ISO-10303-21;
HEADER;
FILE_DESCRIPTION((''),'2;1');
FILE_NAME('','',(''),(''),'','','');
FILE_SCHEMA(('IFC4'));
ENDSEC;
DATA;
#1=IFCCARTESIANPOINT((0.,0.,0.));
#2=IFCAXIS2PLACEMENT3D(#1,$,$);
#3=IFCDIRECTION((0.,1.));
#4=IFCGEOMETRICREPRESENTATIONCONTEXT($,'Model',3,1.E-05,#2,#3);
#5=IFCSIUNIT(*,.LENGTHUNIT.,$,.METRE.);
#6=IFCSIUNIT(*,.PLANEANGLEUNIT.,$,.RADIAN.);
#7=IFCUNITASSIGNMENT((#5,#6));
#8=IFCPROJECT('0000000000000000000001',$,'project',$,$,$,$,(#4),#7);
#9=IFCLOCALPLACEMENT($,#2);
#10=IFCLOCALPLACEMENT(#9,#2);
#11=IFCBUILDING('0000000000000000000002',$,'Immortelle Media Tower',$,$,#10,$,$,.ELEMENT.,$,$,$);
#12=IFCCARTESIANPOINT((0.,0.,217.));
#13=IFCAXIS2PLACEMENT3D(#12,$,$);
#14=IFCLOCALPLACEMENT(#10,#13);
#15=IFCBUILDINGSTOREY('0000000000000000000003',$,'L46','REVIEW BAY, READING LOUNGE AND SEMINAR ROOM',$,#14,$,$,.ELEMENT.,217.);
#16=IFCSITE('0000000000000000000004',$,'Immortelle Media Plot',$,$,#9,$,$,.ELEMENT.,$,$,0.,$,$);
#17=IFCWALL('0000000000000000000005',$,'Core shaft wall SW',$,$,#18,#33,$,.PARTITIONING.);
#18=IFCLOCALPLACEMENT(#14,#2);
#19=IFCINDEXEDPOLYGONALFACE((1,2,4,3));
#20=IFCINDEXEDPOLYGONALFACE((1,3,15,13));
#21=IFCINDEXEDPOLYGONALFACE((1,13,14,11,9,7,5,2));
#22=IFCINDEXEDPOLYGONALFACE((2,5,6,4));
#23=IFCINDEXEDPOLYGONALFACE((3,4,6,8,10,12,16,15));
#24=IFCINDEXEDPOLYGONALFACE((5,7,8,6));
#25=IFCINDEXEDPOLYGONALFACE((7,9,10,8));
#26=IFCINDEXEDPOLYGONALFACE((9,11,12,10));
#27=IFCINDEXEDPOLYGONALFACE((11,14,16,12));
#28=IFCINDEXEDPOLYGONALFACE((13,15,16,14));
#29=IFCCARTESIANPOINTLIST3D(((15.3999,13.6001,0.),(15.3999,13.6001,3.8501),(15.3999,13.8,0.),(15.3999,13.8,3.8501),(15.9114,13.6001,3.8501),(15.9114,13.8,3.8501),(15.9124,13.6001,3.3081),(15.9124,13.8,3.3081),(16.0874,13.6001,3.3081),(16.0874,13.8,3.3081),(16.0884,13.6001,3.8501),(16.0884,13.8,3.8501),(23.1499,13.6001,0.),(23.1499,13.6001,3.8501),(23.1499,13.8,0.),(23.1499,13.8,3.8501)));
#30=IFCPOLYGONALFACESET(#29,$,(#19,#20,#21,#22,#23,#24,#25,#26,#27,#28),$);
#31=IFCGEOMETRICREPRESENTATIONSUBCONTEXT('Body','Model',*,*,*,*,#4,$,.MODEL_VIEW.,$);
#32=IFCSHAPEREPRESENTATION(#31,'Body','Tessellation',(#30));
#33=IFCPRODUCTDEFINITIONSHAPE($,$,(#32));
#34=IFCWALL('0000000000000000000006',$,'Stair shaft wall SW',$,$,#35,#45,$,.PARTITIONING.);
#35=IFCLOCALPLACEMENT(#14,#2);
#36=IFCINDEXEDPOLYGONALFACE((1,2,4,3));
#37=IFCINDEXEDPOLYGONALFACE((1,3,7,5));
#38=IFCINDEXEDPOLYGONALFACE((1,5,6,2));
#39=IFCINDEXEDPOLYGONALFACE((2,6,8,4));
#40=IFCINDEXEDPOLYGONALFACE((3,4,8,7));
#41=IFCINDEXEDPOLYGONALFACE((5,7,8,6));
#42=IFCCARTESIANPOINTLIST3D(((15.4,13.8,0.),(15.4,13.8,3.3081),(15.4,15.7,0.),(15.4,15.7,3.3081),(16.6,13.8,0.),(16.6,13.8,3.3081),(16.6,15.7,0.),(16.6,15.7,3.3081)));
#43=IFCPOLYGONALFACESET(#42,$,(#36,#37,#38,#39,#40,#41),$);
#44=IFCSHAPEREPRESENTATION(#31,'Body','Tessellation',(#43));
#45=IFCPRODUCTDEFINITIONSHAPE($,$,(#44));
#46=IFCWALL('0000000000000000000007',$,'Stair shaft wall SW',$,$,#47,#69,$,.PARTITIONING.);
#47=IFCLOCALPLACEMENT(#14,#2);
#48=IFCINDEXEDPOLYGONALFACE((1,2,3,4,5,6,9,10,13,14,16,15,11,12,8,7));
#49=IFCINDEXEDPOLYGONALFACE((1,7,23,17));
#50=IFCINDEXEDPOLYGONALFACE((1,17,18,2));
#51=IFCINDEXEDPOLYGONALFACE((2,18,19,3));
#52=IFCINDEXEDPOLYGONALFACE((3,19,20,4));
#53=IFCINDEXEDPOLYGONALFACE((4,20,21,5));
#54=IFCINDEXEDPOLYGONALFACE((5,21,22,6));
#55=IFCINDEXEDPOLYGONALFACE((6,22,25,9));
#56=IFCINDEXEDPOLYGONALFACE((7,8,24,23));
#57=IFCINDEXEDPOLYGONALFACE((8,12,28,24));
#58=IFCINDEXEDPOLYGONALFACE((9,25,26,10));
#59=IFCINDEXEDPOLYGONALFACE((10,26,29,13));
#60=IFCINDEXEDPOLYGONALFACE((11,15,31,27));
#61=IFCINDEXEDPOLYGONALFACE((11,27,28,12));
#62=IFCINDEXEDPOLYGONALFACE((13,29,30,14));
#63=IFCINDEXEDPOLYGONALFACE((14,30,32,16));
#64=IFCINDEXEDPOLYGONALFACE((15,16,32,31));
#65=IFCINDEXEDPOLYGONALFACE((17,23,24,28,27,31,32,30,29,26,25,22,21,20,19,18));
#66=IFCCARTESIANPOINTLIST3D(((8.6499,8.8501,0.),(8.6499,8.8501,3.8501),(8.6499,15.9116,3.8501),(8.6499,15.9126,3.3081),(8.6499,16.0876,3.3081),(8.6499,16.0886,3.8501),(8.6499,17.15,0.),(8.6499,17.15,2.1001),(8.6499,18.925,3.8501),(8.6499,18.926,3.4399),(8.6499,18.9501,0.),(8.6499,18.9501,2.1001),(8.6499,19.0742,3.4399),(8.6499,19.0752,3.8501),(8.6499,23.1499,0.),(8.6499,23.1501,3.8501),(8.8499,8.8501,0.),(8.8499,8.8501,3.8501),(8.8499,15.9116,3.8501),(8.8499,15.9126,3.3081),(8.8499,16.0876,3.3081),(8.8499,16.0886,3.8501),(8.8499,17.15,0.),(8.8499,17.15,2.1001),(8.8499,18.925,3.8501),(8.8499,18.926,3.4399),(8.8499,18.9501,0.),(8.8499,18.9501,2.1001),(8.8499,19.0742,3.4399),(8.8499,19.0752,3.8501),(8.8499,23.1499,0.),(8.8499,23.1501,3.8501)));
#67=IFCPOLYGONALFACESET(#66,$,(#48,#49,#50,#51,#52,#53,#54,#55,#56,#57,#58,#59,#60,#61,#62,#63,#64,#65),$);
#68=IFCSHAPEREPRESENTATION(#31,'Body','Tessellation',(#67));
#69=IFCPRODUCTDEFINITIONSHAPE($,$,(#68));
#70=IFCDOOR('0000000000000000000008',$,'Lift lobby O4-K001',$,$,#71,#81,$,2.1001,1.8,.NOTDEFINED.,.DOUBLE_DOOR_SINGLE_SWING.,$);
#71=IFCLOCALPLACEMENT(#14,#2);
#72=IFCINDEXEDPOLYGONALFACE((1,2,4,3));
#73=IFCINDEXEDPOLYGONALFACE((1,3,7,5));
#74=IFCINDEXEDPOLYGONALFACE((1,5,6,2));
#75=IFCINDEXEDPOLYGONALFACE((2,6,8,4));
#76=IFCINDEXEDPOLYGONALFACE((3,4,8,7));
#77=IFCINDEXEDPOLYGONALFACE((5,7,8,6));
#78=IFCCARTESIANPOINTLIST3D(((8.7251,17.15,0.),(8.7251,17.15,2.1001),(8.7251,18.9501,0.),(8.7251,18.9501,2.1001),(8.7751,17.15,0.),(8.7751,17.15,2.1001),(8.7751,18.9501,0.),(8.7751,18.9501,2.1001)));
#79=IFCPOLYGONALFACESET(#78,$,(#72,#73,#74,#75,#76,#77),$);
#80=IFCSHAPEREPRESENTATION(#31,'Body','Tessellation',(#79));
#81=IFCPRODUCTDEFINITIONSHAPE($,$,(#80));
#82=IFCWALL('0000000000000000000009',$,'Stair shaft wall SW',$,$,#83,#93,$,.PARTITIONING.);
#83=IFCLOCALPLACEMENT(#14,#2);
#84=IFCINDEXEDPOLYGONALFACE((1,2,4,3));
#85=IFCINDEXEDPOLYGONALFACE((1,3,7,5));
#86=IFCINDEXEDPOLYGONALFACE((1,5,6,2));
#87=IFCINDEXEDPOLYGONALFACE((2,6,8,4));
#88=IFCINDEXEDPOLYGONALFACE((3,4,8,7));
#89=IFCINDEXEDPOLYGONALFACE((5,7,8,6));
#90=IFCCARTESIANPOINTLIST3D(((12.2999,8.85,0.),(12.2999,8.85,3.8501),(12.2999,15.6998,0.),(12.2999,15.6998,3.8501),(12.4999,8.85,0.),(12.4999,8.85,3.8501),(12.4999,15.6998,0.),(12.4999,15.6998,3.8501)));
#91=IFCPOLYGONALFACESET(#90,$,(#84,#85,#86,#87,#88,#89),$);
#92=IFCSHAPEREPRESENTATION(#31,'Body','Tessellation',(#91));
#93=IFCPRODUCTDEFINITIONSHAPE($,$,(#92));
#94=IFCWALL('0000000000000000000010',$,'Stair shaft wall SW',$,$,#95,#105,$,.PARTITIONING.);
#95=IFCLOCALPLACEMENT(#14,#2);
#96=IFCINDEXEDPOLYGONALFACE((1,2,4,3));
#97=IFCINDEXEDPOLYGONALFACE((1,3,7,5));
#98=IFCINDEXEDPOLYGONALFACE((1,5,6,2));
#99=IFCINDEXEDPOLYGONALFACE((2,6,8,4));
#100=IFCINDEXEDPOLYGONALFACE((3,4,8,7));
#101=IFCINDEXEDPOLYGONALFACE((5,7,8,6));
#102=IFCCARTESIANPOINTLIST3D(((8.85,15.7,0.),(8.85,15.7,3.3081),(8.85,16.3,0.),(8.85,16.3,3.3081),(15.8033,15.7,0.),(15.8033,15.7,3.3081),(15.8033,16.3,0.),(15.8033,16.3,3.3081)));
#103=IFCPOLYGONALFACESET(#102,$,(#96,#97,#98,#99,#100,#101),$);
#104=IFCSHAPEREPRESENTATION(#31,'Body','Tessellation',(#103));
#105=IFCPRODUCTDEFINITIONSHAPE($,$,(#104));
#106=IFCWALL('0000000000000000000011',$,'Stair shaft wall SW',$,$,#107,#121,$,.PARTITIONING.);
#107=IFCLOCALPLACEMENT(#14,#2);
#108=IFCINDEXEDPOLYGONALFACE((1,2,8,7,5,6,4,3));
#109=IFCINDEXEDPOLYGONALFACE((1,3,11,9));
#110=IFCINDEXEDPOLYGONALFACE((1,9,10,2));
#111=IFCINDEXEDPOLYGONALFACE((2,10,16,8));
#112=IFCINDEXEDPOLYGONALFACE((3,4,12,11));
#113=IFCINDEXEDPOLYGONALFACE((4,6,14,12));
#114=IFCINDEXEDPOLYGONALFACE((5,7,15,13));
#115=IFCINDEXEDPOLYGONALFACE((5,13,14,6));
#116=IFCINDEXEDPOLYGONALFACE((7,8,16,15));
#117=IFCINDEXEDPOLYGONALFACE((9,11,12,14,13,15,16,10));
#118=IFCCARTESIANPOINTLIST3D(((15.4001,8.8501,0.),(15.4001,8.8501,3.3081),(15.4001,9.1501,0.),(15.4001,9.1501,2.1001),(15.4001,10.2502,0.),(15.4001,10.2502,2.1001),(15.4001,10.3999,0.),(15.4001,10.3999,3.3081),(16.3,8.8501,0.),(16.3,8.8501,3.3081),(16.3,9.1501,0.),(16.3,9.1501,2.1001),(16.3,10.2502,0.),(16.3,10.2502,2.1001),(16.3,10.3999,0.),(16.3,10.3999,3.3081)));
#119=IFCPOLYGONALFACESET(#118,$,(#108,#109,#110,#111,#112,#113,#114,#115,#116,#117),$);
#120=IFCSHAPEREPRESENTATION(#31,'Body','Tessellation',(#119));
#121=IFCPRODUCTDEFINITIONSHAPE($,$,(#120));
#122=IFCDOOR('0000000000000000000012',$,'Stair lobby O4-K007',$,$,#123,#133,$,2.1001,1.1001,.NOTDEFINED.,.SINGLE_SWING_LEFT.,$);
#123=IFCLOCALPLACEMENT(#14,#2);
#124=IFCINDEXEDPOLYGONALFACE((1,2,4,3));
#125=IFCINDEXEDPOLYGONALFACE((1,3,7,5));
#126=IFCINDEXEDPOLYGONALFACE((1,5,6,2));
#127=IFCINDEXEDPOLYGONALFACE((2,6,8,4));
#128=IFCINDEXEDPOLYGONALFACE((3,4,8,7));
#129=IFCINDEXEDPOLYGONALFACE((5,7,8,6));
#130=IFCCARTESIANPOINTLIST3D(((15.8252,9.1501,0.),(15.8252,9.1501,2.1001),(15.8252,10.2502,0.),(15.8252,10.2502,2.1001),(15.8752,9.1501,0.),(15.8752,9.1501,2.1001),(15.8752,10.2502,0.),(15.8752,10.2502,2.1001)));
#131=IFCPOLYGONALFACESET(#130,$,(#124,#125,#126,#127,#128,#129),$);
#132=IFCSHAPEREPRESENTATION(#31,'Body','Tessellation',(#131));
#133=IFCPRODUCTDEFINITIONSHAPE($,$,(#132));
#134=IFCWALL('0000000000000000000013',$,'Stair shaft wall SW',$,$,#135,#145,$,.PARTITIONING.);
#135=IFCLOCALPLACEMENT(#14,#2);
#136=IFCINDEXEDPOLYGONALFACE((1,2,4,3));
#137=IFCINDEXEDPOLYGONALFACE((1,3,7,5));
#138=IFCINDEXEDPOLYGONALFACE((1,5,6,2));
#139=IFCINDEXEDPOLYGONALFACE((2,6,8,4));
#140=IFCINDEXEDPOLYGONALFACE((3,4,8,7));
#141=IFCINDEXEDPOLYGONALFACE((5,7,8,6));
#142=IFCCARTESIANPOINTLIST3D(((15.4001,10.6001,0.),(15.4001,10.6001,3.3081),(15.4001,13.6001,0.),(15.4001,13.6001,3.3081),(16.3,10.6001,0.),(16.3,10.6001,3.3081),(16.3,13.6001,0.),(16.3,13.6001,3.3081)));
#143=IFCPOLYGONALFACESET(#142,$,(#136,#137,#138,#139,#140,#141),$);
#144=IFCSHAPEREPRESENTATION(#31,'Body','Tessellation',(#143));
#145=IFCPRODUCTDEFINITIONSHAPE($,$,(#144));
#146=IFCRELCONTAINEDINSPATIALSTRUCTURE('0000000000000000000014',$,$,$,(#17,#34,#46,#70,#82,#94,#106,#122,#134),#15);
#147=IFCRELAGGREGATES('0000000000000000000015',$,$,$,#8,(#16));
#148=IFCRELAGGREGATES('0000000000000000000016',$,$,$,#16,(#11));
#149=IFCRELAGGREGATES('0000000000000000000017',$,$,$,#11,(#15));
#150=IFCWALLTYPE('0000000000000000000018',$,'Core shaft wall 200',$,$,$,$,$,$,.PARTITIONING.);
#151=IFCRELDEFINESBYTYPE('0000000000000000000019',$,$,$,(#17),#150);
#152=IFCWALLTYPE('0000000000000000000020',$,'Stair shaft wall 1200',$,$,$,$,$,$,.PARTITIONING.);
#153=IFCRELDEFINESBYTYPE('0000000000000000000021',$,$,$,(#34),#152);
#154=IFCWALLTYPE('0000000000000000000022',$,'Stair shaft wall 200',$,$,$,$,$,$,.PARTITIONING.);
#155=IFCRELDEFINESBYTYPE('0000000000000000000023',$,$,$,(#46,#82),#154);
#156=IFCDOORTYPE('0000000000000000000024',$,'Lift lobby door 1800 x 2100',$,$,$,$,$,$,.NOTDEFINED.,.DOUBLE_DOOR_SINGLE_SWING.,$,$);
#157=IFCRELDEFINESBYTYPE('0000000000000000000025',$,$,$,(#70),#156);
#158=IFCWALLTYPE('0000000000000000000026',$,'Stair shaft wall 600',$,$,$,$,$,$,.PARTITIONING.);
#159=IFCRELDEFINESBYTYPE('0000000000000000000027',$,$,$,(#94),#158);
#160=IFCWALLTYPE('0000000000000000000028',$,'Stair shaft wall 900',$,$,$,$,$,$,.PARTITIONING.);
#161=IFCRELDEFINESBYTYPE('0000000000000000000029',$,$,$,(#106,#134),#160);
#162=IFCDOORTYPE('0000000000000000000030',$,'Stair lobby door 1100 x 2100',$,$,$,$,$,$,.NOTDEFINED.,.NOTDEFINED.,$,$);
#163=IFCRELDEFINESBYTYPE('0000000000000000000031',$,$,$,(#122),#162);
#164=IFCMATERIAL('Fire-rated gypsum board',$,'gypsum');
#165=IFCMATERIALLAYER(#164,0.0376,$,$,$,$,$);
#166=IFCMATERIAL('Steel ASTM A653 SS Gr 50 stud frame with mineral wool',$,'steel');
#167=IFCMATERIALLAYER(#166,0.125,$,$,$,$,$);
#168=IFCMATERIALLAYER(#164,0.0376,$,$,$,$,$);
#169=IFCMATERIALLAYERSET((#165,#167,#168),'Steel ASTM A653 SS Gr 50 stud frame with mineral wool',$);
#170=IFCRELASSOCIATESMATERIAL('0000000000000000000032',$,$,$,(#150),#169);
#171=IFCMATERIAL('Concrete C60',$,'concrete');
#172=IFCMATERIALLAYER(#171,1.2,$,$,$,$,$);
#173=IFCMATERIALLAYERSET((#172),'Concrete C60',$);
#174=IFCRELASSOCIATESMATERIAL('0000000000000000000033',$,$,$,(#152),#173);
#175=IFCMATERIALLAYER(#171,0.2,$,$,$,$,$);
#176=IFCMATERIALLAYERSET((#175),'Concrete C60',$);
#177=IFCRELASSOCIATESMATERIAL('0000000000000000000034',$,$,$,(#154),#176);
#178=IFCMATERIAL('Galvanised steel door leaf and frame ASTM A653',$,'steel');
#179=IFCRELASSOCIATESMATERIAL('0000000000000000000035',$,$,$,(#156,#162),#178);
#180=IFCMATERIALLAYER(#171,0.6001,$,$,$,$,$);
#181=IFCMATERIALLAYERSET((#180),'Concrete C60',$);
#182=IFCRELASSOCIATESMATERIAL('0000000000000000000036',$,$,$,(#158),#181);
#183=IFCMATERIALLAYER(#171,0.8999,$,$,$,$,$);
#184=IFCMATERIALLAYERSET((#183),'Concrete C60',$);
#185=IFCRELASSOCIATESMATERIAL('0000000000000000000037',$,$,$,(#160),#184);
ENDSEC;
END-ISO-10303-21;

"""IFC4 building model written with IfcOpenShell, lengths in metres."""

from ifc_helpers import new_model, si_unit, direction, frame, frame_2d, origin, place, context, subcontext, project, spatial, polyline, rectangle, outline, extrude, material, layer, layer_set, type_object, element, fill, save


model = new_model("IFC4")

# Units and contexts
model_context = context("Model", 3, precision=1e-05, world=origin(), true_north=direction((0.0, 1.0)))
body_context = subcontext(model_context, "Body", "Model", "MODEL_VIEW")
ifc_project = project(units=[si_unit("LENGTHUNIT", "METRE"), si_unit("PLANEANGLEUNIT", "RADIAN")], contexts=[model_context])

# Site, building, storey
site_placement = place(None, origin())
site = spatial("IfcSite", under=ifc_project, at=site_placement, Name="Immortelle Media Plot", CompositionType="ELEMENT", RefElevation=0.0)
building_placement = place(site_placement, origin())
building = spatial("IfcBuilding", under=site, at=building_placement, Name="Immortelle Media Tower", CompositionType="ELEMENT")
storey_placement = place(building_placement, frame((0.0, 0.0, 217.0)))
storey = spatial("IfcBuildingStorey", under=building, at=storey_placement, Name="L46", Description="REVIEW BAY, READING LOUNGE AND SEMINAR ROOM", CompositionType="ELEMENT", Elevation=217.0)

# Shared definitions
ifc_material_1 = material(Name="Fire-rated gypsum board", Category="gypsum")
ifc_layer_1 = layer(ifc_material_1, 0.0376)
ifc_material_2 = material(Name="Steel ASTM A653 SS Gr 50 stud frame with mineral wool", Category="steel")
ifc_layer_2 = layer(ifc_material_2, 0.125)
ifc_layer_3 = layer(ifc_material_1, 0.0376)
ifc_layer_set_1 = layer_set([ifc_layer_1, ifc_layer_2, ifc_layer_3], Name="Steel ASTM A653 SS Gr 50 stud frame with mineral wool")
wall_type_1 = type_object("IfcWallType", Name="Core shaft wall 200", PredefinedType="PARTITIONING", material=ifc_layer_set_1)

# Walls
wall_1_placement = place(storey_placement, frame((15.3999, 13.7, 0.0), z_axis=(0.0, 0.0, 1.0), x_axis=(1.0, 0.0, 0.0)))
element("IfcWall", 1, at=wall_1_placement, inside=storey, type_object=wall_type_1, Name="Core shaft wall SW", PredefinedType="PARTITIONING", context=body_context, shape_type="SweptSolid", body=[
    extrude(outline(polyline([(0.0, 0.0), (7.75, 0.0), (7.75, 3.8501), (0.6885, 3.8501), (0.6875, 3.3081), (0.5125, 3.3081), (0.5115, 3.8501), (0.0, 3.8501), (0.0, 0.0)])), frame((0.0, 0.1001, 0.0), z_axis=(0.0, -1.0, 0.0), x_axis=(1.0, 0.0, 0.0)), (0.0, 0.0, 1.0), 0.2),
])
ifc_material_3 = material(Name="Concrete C60", Category="concrete")
ifc_layer_4 = layer(ifc_material_3, 1.2)
ifc_layer_set_2 = layer_set([ifc_layer_4], Name="Concrete C60")
wall_type_2 = type_object("IfcWallType", Name="Stair shaft wall 1200", PredefinedType="PARTITIONING", material=ifc_layer_set_2)
wall_2_placement = place(storey_placement, frame((16.0, 13.8, 0.0), z_axis=(0.0, 0.0, 1.0), x_axis=(0.0, 1.0, 0.0)))
element("IfcWall", 2, at=wall_2_placement, inside=storey, type_object=wall_type_2, Name="Stair shaft wall SW", PredefinedType="PARTITIONING", context=body_context, shape_type="SweptSolid", body=[
    extrude(rectangle(XDim=1.8999, YDim=1.2, at=frame_2d((0.95, 0.0))), origin(), (0.0, 0.0, 1.0), 3.3081),
])

# Wall, opening, door
ifc_layer_5 = layer(ifc_material_3, 0.2)
ifc_layer_set_3 = layer_set([ifc_layer_5], Name="Concrete C60")
wall_type_3 = type_object("IfcWallType", Name="Stair shaft wall 200", PredefinedType="PARTITIONING", material=ifc_layer_set_3)
wall_3_placement = place(storey_placement, frame((8.75, 8.8501, 0.0), z_axis=(0.0, 0.0, 1.0), x_axis=(0.0, 1.0, 0.0)))
wall_3 = element("IfcWall", 3, at=wall_3_placement, inside=storey, type_object=wall_type_3, Name="Stair shaft wall SW", PredefinedType="PARTITIONING", context=body_context, shape_type="SweptSolid", body=[
    extrude(outline(polyline([(0.0, 0.0), (14.2998, 0.0), (14.3, 3.8501), (10.2251, 3.8501), (10.2241, 3.4399), (10.0759, 3.4399), (10.075, 3.8501), (7.2385, 3.8501), (7.2375, 3.3081), (7.0625, 3.3081), (7.0615, 3.8501), (0.0, 3.8501), (0.0, 0.0)])), frame((0.0, 0.1001, 0.0), z_axis=(0.0, -1.0, 0.0), x_axis=(1.0, 0.0, 0.0)), (0.0, 0.0, 1.0), 0.2),
])
opening_1_placement = place(wall_3_placement, frame((8.3, 0.0, 0.0)))
opening_1 = element("IfcOpeningElement", 4, at=opening_1_placement, cuts=wall_3, PredefinedType="OPENING", context=body_context, shape_type="SweptSolid", body=[
    extrude(rectangle(XDim=1.8, YDim=2.1001, at=frame_2d((0.8999, 1.05))), frame((0.0, 0.1099, 0.0), z_axis=(0.0, -1.0, 0.0), x_axis=(1.0, 0.0, 0.0)), (0.0, 0.0, 1.0), 0.22),
])
ifc_material_4 = material(Name="Galvanised steel door leaf and frame ASTM A653", Category="steel")
door_type_1 = type_object("IfcDoorType", Name="Lift lobby door 1800 x 2100", OperationType="DOUBLE_DOOR_SINGLE_SWING", PredefinedType="NOTDEFINED", material=ifc_material_4)
door_1_placement = place(opening_1_placement, origin())
door_1 = element("IfcDoor", 5, at=door_1_placement, inside=storey, type_object=door_type_1, Name="Lift lobby O4-K001", OperationType="DOUBLE_DOOR_SINGLE_SWING", OverallHeight=2.1001, OverallWidth=1.8, PredefinedType="NOTDEFINED", context=body_context, shape_type="SweptSolid", body=[
    extrude(rectangle(XDim=1.8, YDim=2.1001, at=frame_2d((0.8999, 1.05))), frame((0.0, 0.0249, 0.0), z_axis=(0.0, -1.0, 0.0), x_axis=(1.0, 0.0, 0.0)), (0.0, 0.0, 1.0), 0.05),
])
fill(opening_1, door_1)

# Walls
wall_4_placement = place(storey_placement, frame((12.3999, 8.8501, 0.0), z_axis=(0.0, 0.0, 1.0), x_axis=(0.0, 1.0, 0.0)))
element("IfcWall", 6, at=wall_4_placement, inside=storey, type_object=wall_type_3, Name="Stair shaft wall SW", PredefinedType="PARTITIONING", context=body_context, shape_type="SweptSolid", body=[
    extrude(rectangle(XDim=6.8499, YDim=0.2, at=frame_2d((3.4248, 0.0))), origin(), (0.0, 0.0, 1.0), 3.8501),
])
ifc_layer_6 = layer(ifc_material_3, 0.6001)
ifc_layer_set_4 = layer_set([ifc_layer_6], Name="Concrete C60")
wall_type_4 = type_object("IfcWallType", Name="Stair shaft wall 600", PredefinedType="PARTITIONING", material=ifc_layer_set_4)
wall_5_placement = place(storey_placement, frame((8.8501, 16.0, 0.0), z_axis=(0.0, 0.0, 1.0), x_axis=(1.0, 0.0, 0.0)))
element("IfcWall", 7, at=wall_5_placement, inside=storey, type_object=wall_type_4, Name="Stair shaft wall SW", PredefinedType="PARTITIONING", context=body_context, shape_type="SweptSolid", body=[
    extrude(rectangle(XDim=6.9534, YDim=0.6001, at=frame_2d((3.4766, 0.0))), origin(), (0.0, 0.0, 1.0), 3.3081),
])

# Wall, opening, door
ifc_layer_7 = layer(ifc_material_3, 0.8999)
ifc_layer_set_5 = layer_set([ifc_layer_7], Name="Concrete C60")
wall_type_5 = type_object("IfcWallType", Name="Stair shaft wall 900", PredefinedType="PARTITIONING", material=ifc_layer_set_5)
wall_6_placement = place(storey_placement, frame((15.8501, 8.8501, 0.0), z_axis=(0.0, 0.0, 1.0), x_axis=(0.0, 1.0, 0.0)))
wall_6 = element("IfcWall", 8, at=wall_6_placement, inside=storey, type_object=wall_type_5, Name="Stair shaft wall SW", PredefinedType="PARTITIONING", context=body_context, shape_type="SweptSolid", body=[
    extrude(rectangle(XDim=1.5498, YDim=0.8999, at=frame_2d((0.7749, 0.0))), origin(), (0.0, 0.0, 1.0), 3.3081),
])
opening_2_placement = place(wall_6_placement, frame((0.3, 0.0, 0.0)))
opening_2 = element("IfcOpeningElement", 9, at=opening_2_placement, cuts=wall_6, PredefinedType="OPENING", context=body_context, shape_type="SweptSolid", body=[
    extrude(rectangle(XDim=1.1001, YDim=2.1001, at=frame_2d((0.55, 1.05))), frame((0.0, 0.46, 0.0), z_axis=(0.0, -1.0, 0.0), x_axis=(1.0, 0.0, 0.0)), (0.0, 0.0, 1.0), 0.9199),
])
door_type_2 = type_object("IfcDoorType", Name="Stair lobby door 1100 x 2100", OperationType="NOTDEFINED", PredefinedType="NOTDEFINED", material=ifc_material_4)
door_2_placement = place(opening_2_placement, origin())
door_2 = element("IfcDoor", 10, at=door_2_placement, inside=storey, type_object=door_type_2, Name="Stair lobby O4-K007", OperationType="SINGLE_SWING_LEFT", OverallHeight=2.1001, OverallWidth=1.1001, PredefinedType="NOTDEFINED", context=body_context, shape_type="SweptSolid", body=[
    extrude(rectangle(XDim=1.1001, YDim=2.1001, at=frame_2d((0.55, 1.05))), frame((0.0, 0.0249, 0.0), z_axis=(0.0, -1.0, 0.0), x_axis=(1.0, 0.0, 0.0)), (0.0, 0.0, 1.0), 0.05),
])
fill(opening_2, door_2)

# Wall
wall_7_placement = place(storey_placement, frame((15.8501, 10.6001, 0.0), z_axis=(0.0, 0.0, 1.0), x_axis=(0.0, 1.0, 0.0)))
element("IfcWall", 11, at=wall_7_placement, inside=storey, type_object=wall_type_5, Name="Stair shaft wall SW", PredefinedType="PARTITIONING", context=body_context, shape_type="SweptSolid", body=[
    extrude(rectangle(XDim=3.0, YDim=0.8999, at=frame_2d((1.5, 0.0))), origin(), (0.0, 0.0, 1.0), 3.3081),
])

save(model, "model.ifc")
